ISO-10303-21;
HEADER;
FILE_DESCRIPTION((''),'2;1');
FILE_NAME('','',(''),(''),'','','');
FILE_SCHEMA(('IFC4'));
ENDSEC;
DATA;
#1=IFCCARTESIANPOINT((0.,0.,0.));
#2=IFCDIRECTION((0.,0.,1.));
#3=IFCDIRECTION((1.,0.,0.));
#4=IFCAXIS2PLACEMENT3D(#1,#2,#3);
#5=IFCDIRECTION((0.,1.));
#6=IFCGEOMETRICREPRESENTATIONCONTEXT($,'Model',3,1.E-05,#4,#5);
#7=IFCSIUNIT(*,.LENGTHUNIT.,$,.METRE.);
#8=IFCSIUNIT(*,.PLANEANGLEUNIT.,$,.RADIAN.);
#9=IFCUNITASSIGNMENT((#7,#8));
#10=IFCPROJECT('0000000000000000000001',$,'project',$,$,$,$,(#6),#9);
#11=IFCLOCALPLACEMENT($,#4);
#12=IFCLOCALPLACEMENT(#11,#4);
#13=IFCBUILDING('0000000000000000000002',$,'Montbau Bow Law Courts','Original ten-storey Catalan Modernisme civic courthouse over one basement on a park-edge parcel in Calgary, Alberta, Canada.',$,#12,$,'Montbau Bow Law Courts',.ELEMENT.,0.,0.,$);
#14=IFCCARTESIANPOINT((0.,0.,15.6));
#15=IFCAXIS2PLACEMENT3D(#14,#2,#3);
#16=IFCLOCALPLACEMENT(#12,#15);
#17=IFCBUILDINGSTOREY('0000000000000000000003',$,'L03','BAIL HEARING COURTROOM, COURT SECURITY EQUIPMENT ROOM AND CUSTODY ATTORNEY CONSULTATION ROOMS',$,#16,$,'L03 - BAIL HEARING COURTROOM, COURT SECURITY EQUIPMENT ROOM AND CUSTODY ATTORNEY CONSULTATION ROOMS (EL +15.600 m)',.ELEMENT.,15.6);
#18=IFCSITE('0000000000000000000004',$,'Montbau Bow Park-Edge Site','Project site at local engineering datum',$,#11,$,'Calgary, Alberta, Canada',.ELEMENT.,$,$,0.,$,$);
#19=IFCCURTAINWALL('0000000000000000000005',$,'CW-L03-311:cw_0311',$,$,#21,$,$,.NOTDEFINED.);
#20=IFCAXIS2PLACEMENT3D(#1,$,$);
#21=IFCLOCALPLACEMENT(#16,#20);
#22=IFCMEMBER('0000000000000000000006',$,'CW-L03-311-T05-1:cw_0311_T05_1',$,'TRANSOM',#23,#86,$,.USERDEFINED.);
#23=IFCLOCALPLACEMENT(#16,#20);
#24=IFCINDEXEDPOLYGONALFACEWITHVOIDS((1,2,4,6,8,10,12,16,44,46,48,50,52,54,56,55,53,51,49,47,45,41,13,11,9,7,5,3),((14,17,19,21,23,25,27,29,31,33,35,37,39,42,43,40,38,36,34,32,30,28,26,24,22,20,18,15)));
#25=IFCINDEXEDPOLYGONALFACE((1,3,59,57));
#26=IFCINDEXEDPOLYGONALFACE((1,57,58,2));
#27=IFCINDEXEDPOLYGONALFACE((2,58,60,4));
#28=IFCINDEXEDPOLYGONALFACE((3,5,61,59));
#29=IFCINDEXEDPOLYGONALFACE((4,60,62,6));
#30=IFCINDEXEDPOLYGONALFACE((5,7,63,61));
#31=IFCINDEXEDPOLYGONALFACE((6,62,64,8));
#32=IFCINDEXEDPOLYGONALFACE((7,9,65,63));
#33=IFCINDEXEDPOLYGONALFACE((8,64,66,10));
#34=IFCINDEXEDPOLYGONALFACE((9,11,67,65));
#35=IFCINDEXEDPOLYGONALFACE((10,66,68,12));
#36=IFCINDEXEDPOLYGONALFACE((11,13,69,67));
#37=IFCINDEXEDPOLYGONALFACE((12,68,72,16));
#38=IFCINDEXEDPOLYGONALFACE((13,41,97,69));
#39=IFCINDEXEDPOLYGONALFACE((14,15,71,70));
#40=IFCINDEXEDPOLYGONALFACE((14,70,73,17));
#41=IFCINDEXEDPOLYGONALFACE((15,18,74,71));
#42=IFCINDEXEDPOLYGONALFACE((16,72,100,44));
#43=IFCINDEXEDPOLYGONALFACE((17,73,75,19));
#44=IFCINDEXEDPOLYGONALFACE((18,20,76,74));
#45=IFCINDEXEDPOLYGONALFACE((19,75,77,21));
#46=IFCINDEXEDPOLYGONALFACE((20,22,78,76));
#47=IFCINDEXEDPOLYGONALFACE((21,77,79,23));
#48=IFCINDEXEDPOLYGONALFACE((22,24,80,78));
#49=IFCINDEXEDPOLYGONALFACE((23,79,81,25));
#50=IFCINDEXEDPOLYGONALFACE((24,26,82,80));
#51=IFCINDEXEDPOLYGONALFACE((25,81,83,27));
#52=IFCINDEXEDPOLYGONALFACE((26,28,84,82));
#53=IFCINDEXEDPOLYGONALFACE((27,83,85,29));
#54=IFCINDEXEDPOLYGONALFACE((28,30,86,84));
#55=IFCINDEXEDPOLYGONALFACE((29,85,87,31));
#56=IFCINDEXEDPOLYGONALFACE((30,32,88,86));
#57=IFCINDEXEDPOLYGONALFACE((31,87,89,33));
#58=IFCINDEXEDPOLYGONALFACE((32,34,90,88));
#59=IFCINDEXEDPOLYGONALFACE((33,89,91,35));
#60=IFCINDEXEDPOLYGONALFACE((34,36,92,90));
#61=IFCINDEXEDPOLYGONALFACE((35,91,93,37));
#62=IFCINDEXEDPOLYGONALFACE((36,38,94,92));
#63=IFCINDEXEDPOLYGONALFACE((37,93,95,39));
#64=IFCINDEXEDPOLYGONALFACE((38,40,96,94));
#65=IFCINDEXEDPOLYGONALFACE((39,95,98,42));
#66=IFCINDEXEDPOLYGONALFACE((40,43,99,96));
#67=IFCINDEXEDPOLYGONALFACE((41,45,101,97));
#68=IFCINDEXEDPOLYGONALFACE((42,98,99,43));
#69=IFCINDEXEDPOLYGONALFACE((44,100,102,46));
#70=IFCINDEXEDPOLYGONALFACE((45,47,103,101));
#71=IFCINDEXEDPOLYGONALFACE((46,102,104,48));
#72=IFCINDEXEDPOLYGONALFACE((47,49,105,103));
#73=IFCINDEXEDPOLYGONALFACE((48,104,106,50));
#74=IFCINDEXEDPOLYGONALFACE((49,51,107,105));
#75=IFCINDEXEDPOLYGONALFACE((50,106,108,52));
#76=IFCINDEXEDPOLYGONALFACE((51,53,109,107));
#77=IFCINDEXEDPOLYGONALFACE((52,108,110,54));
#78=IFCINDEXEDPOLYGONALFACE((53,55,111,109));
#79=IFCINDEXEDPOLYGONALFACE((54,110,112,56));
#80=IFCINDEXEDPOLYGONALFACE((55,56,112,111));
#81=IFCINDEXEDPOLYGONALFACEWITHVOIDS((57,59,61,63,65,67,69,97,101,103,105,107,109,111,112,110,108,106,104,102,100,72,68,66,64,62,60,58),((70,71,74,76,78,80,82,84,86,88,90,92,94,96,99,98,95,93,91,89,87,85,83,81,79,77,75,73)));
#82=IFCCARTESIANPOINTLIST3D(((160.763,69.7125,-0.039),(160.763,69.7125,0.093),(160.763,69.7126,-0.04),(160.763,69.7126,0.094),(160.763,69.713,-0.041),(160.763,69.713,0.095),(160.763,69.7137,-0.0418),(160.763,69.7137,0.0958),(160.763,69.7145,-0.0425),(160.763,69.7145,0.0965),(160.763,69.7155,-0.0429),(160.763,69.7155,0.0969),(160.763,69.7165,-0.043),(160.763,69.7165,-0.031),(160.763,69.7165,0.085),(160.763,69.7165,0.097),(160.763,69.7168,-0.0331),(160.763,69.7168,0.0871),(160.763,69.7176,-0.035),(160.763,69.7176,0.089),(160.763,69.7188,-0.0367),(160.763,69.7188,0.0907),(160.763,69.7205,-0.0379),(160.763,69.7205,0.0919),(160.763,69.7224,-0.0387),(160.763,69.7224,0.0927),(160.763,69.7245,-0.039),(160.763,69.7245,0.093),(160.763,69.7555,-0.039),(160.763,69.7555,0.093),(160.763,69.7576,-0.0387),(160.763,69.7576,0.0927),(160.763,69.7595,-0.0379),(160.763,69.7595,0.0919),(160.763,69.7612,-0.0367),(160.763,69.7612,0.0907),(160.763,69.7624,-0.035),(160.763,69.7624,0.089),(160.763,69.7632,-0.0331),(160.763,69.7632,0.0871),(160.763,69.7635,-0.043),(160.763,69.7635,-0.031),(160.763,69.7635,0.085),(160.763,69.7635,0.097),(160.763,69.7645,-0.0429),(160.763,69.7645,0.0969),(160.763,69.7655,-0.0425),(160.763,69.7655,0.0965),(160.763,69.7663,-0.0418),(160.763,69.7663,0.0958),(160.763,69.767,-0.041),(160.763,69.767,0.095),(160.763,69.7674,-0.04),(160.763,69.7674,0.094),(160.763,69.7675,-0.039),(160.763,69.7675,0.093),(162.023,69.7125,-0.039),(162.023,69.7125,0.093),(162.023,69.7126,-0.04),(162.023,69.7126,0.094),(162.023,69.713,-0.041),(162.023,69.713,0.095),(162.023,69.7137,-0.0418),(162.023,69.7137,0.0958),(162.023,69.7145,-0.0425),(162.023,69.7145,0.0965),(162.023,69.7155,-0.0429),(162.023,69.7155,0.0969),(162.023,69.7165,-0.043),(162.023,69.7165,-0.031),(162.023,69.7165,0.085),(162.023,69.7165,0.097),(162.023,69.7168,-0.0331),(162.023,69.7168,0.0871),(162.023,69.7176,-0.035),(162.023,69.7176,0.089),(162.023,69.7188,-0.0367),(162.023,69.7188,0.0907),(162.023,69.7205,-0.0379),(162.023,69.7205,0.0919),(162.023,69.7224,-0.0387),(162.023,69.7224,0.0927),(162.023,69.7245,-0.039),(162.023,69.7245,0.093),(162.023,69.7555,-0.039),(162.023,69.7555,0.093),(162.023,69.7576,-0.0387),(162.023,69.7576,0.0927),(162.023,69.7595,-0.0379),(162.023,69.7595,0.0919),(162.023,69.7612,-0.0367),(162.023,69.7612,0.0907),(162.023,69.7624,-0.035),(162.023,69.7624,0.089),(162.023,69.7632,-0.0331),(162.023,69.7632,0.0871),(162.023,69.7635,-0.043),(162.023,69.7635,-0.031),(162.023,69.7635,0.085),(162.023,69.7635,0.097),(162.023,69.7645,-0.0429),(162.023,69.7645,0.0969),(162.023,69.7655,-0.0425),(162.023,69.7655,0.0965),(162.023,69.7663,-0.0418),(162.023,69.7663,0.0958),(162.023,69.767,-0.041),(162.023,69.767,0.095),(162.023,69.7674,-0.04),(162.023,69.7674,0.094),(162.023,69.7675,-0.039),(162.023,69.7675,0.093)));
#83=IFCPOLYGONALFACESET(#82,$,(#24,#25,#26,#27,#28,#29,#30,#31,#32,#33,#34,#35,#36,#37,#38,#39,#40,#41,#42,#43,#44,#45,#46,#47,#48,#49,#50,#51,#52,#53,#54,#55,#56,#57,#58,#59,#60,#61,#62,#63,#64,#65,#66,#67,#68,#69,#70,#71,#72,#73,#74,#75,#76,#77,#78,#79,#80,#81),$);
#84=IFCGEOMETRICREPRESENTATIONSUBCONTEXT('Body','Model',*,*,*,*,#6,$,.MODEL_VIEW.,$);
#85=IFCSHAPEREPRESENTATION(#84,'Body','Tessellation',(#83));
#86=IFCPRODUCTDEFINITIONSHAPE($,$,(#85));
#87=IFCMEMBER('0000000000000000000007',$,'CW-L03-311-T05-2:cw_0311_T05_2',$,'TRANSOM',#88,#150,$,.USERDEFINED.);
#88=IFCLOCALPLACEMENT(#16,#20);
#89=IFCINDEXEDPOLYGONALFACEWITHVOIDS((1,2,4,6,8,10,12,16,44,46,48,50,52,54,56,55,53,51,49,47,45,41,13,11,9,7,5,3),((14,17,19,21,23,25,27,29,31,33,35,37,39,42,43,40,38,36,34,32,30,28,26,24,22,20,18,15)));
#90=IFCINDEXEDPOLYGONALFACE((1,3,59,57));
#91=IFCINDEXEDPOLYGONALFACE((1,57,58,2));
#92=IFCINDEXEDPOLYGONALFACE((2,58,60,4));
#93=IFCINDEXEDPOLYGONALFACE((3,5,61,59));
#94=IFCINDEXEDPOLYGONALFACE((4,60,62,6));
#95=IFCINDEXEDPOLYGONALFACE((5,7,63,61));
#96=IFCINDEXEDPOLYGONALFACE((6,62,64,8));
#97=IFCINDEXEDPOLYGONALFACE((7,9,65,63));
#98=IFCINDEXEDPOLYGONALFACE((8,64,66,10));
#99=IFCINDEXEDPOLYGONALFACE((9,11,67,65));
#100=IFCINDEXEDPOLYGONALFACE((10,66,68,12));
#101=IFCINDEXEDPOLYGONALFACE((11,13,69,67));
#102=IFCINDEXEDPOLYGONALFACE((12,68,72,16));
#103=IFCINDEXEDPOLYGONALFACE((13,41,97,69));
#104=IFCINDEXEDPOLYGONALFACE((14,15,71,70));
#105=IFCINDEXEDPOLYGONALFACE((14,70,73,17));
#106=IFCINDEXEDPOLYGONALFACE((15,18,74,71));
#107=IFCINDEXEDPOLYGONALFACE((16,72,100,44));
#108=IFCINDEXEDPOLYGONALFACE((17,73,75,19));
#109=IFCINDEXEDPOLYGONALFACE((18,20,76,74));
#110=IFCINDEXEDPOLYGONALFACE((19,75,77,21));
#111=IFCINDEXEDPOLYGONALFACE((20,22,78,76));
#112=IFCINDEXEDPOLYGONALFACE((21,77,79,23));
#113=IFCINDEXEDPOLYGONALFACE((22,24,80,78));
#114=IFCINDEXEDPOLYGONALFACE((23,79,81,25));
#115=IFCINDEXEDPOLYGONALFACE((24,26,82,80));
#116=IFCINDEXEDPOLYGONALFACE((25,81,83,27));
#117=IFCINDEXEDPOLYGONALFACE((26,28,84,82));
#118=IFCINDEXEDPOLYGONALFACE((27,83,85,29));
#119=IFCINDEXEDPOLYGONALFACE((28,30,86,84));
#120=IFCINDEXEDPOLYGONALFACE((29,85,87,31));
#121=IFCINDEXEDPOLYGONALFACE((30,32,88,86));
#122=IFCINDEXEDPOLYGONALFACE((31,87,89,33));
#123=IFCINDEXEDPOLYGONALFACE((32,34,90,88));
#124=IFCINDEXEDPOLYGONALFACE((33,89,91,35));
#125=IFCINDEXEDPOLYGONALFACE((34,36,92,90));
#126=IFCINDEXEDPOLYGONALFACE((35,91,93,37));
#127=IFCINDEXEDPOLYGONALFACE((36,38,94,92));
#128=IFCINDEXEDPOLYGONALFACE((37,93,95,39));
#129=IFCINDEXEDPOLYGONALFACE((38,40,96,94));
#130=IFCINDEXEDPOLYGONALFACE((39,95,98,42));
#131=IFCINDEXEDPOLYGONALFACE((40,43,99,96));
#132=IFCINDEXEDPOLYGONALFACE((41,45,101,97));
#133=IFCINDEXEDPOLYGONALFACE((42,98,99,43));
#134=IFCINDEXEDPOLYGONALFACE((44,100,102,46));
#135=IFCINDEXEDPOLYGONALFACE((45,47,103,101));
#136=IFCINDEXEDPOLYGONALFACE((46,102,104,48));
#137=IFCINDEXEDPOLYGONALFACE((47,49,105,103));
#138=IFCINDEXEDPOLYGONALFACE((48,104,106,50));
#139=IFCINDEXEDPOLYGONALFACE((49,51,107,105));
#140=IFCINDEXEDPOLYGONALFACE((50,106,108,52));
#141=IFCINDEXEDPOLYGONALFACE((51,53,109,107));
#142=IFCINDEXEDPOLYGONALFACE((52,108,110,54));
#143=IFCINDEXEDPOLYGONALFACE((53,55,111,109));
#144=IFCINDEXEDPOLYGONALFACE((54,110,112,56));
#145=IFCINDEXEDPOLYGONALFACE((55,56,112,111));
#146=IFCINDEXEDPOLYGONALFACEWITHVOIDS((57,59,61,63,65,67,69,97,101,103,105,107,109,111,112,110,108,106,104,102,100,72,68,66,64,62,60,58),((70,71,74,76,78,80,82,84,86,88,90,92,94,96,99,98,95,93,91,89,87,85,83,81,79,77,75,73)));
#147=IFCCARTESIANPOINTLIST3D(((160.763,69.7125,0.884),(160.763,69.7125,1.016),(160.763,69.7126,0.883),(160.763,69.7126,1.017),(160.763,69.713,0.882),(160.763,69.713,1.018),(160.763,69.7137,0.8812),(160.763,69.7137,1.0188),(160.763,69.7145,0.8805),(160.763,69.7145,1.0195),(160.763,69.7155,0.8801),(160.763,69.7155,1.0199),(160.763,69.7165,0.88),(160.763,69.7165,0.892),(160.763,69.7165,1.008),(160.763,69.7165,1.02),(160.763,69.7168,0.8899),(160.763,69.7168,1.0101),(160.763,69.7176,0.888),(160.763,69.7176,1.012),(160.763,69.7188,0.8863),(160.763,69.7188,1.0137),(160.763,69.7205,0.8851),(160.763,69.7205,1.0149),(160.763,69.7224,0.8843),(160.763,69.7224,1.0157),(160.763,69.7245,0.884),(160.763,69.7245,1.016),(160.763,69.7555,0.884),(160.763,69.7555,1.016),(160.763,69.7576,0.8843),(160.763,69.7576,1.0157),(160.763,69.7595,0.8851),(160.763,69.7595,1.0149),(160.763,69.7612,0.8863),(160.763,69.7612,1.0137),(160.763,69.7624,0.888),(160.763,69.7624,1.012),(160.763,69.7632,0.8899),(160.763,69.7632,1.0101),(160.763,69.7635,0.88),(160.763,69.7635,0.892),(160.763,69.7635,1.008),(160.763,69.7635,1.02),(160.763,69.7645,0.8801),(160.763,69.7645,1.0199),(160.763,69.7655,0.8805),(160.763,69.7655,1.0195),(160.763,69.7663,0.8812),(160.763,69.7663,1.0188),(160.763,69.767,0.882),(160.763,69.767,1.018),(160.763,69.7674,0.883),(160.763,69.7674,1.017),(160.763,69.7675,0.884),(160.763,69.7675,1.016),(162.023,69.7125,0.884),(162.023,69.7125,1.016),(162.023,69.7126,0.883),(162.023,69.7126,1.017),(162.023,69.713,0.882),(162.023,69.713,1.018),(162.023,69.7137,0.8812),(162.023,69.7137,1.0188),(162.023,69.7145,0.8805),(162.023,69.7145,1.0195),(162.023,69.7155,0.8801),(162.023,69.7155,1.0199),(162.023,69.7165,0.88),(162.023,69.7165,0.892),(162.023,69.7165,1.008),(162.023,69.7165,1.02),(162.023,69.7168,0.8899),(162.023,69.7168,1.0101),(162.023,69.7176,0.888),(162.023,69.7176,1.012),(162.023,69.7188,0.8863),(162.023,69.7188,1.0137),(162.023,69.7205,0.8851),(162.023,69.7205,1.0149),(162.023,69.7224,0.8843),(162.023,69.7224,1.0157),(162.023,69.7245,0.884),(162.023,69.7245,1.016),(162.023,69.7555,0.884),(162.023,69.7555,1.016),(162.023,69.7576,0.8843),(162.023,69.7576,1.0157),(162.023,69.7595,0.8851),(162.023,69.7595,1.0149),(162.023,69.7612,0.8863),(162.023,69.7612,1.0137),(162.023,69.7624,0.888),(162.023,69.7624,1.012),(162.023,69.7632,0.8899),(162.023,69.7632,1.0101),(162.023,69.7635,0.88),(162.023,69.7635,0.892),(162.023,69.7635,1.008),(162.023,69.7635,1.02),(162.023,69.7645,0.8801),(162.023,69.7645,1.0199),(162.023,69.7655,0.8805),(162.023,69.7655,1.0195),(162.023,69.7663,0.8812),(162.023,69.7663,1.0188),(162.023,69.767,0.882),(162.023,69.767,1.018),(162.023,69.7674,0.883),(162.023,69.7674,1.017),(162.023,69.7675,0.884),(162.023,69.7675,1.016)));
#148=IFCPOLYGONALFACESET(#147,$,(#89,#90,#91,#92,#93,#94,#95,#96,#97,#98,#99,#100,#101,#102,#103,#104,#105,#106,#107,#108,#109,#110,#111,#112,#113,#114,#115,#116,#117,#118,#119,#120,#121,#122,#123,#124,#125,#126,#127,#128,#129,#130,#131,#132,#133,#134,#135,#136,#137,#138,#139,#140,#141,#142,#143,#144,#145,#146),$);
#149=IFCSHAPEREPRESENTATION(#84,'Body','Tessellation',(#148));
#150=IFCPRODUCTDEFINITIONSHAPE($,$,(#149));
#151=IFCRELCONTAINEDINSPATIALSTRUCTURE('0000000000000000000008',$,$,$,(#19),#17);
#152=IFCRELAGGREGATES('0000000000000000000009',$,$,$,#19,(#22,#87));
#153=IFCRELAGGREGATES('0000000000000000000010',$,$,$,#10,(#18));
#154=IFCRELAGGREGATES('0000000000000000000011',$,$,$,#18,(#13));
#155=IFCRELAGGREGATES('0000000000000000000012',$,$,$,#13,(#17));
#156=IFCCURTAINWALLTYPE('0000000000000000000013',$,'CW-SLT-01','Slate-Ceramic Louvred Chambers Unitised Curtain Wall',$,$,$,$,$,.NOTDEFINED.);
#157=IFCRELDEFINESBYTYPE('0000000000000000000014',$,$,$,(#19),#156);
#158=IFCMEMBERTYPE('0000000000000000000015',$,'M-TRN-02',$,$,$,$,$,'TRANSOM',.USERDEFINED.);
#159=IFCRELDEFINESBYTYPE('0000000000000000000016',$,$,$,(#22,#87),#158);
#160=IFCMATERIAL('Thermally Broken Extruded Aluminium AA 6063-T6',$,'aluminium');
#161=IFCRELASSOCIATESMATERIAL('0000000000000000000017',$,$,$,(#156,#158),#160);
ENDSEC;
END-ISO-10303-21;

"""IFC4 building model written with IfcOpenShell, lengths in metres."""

from ifc_helpers import new_model, si_unit, direction, frame, origin_with_axes, origin_2d_with_axis, place, context, subcontext, project, spatial, hollow_rectangle, extrude, material, material_profile, profile_set, type_object, element, aggregate, save


model = new_model("IFC4")

# Units and contexts
model_context = context("Model", 3, precision=1e-05, world=origin_with_axes(), true_north=direction((0.0, 1.0)))
body_context = subcontext(model_context, "Body", "Model", "MODEL_VIEW")
ifc_project = project(units=[si_unit("LENGTHUNIT", "METRE"), si_unit("PLANEANGLEUNIT", "RADIAN")], contexts=[model_context])

# Site, building, storey
site_placement = place(None, origin_with_axes())
site = spatial("IfcSite", under=ifc_project, at=site_placement, Name="Montbau Bow Park-Edge Site", Description="Project site at local engineering datum", LongName="Calgary, Alberta, Canada", CompositionType="ELEMENT", RefElevation=0.0)
building_placement = place(site_placement, origin_with_axes())
building = spatial("IfcBuilding", under=site, at=building_placement, Name="Montbau Bow Law Courts", Description="Original ten-storey Catalan Modernisme civic courthouse over one basement on a park-edge parcel in Calgary, Alberta, Canada.", LongName="Montbau Bow Law Courts", CompositionType="ELEMENT", ElevationOfRefHeight=0.0, ElevationOfTerrain=0.0)
storey_placement = place(building_placement, frame((0.0, 0.0, 15.6), z_axis=(0.0, 0.0, 1.0), x_axis=(1.0, 0.0, 0.0)))
storey = spatial("IfcBuildingStorey", under=building, at=storey_placement, Name="L03", Description="BAIL HEARING COURTROOM, COURT SECURITY EQUIPMENT ROOM AND CUSTODY ATTORNEY CONSULTATION ROOMS", LongName="L03 - BAIL HEARING COURTROOM, COURT SECURITY EQUIPMENT ROOM AND CUSTODY ATTORNEY CONSULTATION ROOMS (EL +15.600 m)", CompositionType="ELEMENT", Elevation=15.6)

# Shared definitions
ifc_material_1 = material(Name="Thermally Broken Extruded Aluminium AA 6063-T6", Category="aluminium")
curtain_wall_type = type_object("IfcCurtainWallType", Name="CW-SLT-01", Description="Slate-Ceramic Louvred Chambers Unitised Curtain Wall", PredefinedType="NOTDEFINED", material=ifc_material_1)

# Curtain wall
curtain_wall_1_placement = place(None, frame((155.315, 69.74, 15.6), z_axis=(0.0, 0.0, 1.0), x_axis=(1.0, 0.0, 0.0)))
curtain_wall_1 = element("IfcCurtainWall", 1, at=curtain_wall_1_placement, inside=storey, type_object=curtain_wall_type, Name="CW-L03-311:cw_0311", PredefinedType="NOTDEFINED")

# Members
ifc_material_profile_1 = material_profile(ifc_material_1, hollow_rectangle(XDim=0.055, YDim=0.14, WallThickness=0.004, InnerFilletRadius=0.008, OuterFilletRadius=0.004, at=origin_2d_with_axis()), Name="CWT-140X55", Category="Main", Priority=0)
ifc_profile_set_1 = profile_set([ifc_material_profile_1], Name="Thermally Broken Extruded Aluminium AA 6063-T6")
member_type_1 = type_object("IfcMemberType", Name="M-TRN-02", ElementType="TRANSOM", PredefinedType="USERDEFINED", material=ifc_profile_set_1)
member_1_placement = place(None, frame((160.763, 69.74, 15.627), z_axis=(1.0, 0.0, 0.0), x_axis=(0.0, 1.0, 0.0)))
member_1 = element("IfcMember", 2, at=member_1_placement, type_object=member_type_1, Name="CW-L03-311-T05-1:cw_0311_T05_1", ObjectType="TRANSOM", PredefinedType="USERDEFINED", context=body_context, shape_type="SweptSolid", body=[
    extrude(hollow_rectangle(XDim=0.055, YDim=0.14, WallThickness=0.004, InnerFilletRadius=0.008, OuterFilletRadius=0.004, at=origin_2d_with_axis()), origin_with_axes(), (0.0, 0.0, 1.0), 1.26),
])
member_2_placement = place(None, frame((160.763, 69.74, 16.55), z_axis=(1.0, 0.0, 0.0), x_axis=(0.0, 1.0, 0.0)))
member_2 = element("IfcMember", 3, at=member_2_placement, type_object=member_type_1, Name="CW-L03-311-T05-2:cw_0311_T05_2", ObjectType="TRANSOM", PredefinedType="USERDEFINED", context=body_context, shape_type="SweptSolid", body=[
    extrude(hollow_rectangle(XDim=0.055, YDim=0.14, WallThickness=0.004, InnerFilletRadius=0.008, OuterFilletRadius=0.004, at=origin_2d_with_axis()), origin_with_axes(), (0.0, 0.0, 1.0), 1.26),
])

aggregate(curtain_wall_1, [member_1, member_2])

save(model, "model.ifc")
